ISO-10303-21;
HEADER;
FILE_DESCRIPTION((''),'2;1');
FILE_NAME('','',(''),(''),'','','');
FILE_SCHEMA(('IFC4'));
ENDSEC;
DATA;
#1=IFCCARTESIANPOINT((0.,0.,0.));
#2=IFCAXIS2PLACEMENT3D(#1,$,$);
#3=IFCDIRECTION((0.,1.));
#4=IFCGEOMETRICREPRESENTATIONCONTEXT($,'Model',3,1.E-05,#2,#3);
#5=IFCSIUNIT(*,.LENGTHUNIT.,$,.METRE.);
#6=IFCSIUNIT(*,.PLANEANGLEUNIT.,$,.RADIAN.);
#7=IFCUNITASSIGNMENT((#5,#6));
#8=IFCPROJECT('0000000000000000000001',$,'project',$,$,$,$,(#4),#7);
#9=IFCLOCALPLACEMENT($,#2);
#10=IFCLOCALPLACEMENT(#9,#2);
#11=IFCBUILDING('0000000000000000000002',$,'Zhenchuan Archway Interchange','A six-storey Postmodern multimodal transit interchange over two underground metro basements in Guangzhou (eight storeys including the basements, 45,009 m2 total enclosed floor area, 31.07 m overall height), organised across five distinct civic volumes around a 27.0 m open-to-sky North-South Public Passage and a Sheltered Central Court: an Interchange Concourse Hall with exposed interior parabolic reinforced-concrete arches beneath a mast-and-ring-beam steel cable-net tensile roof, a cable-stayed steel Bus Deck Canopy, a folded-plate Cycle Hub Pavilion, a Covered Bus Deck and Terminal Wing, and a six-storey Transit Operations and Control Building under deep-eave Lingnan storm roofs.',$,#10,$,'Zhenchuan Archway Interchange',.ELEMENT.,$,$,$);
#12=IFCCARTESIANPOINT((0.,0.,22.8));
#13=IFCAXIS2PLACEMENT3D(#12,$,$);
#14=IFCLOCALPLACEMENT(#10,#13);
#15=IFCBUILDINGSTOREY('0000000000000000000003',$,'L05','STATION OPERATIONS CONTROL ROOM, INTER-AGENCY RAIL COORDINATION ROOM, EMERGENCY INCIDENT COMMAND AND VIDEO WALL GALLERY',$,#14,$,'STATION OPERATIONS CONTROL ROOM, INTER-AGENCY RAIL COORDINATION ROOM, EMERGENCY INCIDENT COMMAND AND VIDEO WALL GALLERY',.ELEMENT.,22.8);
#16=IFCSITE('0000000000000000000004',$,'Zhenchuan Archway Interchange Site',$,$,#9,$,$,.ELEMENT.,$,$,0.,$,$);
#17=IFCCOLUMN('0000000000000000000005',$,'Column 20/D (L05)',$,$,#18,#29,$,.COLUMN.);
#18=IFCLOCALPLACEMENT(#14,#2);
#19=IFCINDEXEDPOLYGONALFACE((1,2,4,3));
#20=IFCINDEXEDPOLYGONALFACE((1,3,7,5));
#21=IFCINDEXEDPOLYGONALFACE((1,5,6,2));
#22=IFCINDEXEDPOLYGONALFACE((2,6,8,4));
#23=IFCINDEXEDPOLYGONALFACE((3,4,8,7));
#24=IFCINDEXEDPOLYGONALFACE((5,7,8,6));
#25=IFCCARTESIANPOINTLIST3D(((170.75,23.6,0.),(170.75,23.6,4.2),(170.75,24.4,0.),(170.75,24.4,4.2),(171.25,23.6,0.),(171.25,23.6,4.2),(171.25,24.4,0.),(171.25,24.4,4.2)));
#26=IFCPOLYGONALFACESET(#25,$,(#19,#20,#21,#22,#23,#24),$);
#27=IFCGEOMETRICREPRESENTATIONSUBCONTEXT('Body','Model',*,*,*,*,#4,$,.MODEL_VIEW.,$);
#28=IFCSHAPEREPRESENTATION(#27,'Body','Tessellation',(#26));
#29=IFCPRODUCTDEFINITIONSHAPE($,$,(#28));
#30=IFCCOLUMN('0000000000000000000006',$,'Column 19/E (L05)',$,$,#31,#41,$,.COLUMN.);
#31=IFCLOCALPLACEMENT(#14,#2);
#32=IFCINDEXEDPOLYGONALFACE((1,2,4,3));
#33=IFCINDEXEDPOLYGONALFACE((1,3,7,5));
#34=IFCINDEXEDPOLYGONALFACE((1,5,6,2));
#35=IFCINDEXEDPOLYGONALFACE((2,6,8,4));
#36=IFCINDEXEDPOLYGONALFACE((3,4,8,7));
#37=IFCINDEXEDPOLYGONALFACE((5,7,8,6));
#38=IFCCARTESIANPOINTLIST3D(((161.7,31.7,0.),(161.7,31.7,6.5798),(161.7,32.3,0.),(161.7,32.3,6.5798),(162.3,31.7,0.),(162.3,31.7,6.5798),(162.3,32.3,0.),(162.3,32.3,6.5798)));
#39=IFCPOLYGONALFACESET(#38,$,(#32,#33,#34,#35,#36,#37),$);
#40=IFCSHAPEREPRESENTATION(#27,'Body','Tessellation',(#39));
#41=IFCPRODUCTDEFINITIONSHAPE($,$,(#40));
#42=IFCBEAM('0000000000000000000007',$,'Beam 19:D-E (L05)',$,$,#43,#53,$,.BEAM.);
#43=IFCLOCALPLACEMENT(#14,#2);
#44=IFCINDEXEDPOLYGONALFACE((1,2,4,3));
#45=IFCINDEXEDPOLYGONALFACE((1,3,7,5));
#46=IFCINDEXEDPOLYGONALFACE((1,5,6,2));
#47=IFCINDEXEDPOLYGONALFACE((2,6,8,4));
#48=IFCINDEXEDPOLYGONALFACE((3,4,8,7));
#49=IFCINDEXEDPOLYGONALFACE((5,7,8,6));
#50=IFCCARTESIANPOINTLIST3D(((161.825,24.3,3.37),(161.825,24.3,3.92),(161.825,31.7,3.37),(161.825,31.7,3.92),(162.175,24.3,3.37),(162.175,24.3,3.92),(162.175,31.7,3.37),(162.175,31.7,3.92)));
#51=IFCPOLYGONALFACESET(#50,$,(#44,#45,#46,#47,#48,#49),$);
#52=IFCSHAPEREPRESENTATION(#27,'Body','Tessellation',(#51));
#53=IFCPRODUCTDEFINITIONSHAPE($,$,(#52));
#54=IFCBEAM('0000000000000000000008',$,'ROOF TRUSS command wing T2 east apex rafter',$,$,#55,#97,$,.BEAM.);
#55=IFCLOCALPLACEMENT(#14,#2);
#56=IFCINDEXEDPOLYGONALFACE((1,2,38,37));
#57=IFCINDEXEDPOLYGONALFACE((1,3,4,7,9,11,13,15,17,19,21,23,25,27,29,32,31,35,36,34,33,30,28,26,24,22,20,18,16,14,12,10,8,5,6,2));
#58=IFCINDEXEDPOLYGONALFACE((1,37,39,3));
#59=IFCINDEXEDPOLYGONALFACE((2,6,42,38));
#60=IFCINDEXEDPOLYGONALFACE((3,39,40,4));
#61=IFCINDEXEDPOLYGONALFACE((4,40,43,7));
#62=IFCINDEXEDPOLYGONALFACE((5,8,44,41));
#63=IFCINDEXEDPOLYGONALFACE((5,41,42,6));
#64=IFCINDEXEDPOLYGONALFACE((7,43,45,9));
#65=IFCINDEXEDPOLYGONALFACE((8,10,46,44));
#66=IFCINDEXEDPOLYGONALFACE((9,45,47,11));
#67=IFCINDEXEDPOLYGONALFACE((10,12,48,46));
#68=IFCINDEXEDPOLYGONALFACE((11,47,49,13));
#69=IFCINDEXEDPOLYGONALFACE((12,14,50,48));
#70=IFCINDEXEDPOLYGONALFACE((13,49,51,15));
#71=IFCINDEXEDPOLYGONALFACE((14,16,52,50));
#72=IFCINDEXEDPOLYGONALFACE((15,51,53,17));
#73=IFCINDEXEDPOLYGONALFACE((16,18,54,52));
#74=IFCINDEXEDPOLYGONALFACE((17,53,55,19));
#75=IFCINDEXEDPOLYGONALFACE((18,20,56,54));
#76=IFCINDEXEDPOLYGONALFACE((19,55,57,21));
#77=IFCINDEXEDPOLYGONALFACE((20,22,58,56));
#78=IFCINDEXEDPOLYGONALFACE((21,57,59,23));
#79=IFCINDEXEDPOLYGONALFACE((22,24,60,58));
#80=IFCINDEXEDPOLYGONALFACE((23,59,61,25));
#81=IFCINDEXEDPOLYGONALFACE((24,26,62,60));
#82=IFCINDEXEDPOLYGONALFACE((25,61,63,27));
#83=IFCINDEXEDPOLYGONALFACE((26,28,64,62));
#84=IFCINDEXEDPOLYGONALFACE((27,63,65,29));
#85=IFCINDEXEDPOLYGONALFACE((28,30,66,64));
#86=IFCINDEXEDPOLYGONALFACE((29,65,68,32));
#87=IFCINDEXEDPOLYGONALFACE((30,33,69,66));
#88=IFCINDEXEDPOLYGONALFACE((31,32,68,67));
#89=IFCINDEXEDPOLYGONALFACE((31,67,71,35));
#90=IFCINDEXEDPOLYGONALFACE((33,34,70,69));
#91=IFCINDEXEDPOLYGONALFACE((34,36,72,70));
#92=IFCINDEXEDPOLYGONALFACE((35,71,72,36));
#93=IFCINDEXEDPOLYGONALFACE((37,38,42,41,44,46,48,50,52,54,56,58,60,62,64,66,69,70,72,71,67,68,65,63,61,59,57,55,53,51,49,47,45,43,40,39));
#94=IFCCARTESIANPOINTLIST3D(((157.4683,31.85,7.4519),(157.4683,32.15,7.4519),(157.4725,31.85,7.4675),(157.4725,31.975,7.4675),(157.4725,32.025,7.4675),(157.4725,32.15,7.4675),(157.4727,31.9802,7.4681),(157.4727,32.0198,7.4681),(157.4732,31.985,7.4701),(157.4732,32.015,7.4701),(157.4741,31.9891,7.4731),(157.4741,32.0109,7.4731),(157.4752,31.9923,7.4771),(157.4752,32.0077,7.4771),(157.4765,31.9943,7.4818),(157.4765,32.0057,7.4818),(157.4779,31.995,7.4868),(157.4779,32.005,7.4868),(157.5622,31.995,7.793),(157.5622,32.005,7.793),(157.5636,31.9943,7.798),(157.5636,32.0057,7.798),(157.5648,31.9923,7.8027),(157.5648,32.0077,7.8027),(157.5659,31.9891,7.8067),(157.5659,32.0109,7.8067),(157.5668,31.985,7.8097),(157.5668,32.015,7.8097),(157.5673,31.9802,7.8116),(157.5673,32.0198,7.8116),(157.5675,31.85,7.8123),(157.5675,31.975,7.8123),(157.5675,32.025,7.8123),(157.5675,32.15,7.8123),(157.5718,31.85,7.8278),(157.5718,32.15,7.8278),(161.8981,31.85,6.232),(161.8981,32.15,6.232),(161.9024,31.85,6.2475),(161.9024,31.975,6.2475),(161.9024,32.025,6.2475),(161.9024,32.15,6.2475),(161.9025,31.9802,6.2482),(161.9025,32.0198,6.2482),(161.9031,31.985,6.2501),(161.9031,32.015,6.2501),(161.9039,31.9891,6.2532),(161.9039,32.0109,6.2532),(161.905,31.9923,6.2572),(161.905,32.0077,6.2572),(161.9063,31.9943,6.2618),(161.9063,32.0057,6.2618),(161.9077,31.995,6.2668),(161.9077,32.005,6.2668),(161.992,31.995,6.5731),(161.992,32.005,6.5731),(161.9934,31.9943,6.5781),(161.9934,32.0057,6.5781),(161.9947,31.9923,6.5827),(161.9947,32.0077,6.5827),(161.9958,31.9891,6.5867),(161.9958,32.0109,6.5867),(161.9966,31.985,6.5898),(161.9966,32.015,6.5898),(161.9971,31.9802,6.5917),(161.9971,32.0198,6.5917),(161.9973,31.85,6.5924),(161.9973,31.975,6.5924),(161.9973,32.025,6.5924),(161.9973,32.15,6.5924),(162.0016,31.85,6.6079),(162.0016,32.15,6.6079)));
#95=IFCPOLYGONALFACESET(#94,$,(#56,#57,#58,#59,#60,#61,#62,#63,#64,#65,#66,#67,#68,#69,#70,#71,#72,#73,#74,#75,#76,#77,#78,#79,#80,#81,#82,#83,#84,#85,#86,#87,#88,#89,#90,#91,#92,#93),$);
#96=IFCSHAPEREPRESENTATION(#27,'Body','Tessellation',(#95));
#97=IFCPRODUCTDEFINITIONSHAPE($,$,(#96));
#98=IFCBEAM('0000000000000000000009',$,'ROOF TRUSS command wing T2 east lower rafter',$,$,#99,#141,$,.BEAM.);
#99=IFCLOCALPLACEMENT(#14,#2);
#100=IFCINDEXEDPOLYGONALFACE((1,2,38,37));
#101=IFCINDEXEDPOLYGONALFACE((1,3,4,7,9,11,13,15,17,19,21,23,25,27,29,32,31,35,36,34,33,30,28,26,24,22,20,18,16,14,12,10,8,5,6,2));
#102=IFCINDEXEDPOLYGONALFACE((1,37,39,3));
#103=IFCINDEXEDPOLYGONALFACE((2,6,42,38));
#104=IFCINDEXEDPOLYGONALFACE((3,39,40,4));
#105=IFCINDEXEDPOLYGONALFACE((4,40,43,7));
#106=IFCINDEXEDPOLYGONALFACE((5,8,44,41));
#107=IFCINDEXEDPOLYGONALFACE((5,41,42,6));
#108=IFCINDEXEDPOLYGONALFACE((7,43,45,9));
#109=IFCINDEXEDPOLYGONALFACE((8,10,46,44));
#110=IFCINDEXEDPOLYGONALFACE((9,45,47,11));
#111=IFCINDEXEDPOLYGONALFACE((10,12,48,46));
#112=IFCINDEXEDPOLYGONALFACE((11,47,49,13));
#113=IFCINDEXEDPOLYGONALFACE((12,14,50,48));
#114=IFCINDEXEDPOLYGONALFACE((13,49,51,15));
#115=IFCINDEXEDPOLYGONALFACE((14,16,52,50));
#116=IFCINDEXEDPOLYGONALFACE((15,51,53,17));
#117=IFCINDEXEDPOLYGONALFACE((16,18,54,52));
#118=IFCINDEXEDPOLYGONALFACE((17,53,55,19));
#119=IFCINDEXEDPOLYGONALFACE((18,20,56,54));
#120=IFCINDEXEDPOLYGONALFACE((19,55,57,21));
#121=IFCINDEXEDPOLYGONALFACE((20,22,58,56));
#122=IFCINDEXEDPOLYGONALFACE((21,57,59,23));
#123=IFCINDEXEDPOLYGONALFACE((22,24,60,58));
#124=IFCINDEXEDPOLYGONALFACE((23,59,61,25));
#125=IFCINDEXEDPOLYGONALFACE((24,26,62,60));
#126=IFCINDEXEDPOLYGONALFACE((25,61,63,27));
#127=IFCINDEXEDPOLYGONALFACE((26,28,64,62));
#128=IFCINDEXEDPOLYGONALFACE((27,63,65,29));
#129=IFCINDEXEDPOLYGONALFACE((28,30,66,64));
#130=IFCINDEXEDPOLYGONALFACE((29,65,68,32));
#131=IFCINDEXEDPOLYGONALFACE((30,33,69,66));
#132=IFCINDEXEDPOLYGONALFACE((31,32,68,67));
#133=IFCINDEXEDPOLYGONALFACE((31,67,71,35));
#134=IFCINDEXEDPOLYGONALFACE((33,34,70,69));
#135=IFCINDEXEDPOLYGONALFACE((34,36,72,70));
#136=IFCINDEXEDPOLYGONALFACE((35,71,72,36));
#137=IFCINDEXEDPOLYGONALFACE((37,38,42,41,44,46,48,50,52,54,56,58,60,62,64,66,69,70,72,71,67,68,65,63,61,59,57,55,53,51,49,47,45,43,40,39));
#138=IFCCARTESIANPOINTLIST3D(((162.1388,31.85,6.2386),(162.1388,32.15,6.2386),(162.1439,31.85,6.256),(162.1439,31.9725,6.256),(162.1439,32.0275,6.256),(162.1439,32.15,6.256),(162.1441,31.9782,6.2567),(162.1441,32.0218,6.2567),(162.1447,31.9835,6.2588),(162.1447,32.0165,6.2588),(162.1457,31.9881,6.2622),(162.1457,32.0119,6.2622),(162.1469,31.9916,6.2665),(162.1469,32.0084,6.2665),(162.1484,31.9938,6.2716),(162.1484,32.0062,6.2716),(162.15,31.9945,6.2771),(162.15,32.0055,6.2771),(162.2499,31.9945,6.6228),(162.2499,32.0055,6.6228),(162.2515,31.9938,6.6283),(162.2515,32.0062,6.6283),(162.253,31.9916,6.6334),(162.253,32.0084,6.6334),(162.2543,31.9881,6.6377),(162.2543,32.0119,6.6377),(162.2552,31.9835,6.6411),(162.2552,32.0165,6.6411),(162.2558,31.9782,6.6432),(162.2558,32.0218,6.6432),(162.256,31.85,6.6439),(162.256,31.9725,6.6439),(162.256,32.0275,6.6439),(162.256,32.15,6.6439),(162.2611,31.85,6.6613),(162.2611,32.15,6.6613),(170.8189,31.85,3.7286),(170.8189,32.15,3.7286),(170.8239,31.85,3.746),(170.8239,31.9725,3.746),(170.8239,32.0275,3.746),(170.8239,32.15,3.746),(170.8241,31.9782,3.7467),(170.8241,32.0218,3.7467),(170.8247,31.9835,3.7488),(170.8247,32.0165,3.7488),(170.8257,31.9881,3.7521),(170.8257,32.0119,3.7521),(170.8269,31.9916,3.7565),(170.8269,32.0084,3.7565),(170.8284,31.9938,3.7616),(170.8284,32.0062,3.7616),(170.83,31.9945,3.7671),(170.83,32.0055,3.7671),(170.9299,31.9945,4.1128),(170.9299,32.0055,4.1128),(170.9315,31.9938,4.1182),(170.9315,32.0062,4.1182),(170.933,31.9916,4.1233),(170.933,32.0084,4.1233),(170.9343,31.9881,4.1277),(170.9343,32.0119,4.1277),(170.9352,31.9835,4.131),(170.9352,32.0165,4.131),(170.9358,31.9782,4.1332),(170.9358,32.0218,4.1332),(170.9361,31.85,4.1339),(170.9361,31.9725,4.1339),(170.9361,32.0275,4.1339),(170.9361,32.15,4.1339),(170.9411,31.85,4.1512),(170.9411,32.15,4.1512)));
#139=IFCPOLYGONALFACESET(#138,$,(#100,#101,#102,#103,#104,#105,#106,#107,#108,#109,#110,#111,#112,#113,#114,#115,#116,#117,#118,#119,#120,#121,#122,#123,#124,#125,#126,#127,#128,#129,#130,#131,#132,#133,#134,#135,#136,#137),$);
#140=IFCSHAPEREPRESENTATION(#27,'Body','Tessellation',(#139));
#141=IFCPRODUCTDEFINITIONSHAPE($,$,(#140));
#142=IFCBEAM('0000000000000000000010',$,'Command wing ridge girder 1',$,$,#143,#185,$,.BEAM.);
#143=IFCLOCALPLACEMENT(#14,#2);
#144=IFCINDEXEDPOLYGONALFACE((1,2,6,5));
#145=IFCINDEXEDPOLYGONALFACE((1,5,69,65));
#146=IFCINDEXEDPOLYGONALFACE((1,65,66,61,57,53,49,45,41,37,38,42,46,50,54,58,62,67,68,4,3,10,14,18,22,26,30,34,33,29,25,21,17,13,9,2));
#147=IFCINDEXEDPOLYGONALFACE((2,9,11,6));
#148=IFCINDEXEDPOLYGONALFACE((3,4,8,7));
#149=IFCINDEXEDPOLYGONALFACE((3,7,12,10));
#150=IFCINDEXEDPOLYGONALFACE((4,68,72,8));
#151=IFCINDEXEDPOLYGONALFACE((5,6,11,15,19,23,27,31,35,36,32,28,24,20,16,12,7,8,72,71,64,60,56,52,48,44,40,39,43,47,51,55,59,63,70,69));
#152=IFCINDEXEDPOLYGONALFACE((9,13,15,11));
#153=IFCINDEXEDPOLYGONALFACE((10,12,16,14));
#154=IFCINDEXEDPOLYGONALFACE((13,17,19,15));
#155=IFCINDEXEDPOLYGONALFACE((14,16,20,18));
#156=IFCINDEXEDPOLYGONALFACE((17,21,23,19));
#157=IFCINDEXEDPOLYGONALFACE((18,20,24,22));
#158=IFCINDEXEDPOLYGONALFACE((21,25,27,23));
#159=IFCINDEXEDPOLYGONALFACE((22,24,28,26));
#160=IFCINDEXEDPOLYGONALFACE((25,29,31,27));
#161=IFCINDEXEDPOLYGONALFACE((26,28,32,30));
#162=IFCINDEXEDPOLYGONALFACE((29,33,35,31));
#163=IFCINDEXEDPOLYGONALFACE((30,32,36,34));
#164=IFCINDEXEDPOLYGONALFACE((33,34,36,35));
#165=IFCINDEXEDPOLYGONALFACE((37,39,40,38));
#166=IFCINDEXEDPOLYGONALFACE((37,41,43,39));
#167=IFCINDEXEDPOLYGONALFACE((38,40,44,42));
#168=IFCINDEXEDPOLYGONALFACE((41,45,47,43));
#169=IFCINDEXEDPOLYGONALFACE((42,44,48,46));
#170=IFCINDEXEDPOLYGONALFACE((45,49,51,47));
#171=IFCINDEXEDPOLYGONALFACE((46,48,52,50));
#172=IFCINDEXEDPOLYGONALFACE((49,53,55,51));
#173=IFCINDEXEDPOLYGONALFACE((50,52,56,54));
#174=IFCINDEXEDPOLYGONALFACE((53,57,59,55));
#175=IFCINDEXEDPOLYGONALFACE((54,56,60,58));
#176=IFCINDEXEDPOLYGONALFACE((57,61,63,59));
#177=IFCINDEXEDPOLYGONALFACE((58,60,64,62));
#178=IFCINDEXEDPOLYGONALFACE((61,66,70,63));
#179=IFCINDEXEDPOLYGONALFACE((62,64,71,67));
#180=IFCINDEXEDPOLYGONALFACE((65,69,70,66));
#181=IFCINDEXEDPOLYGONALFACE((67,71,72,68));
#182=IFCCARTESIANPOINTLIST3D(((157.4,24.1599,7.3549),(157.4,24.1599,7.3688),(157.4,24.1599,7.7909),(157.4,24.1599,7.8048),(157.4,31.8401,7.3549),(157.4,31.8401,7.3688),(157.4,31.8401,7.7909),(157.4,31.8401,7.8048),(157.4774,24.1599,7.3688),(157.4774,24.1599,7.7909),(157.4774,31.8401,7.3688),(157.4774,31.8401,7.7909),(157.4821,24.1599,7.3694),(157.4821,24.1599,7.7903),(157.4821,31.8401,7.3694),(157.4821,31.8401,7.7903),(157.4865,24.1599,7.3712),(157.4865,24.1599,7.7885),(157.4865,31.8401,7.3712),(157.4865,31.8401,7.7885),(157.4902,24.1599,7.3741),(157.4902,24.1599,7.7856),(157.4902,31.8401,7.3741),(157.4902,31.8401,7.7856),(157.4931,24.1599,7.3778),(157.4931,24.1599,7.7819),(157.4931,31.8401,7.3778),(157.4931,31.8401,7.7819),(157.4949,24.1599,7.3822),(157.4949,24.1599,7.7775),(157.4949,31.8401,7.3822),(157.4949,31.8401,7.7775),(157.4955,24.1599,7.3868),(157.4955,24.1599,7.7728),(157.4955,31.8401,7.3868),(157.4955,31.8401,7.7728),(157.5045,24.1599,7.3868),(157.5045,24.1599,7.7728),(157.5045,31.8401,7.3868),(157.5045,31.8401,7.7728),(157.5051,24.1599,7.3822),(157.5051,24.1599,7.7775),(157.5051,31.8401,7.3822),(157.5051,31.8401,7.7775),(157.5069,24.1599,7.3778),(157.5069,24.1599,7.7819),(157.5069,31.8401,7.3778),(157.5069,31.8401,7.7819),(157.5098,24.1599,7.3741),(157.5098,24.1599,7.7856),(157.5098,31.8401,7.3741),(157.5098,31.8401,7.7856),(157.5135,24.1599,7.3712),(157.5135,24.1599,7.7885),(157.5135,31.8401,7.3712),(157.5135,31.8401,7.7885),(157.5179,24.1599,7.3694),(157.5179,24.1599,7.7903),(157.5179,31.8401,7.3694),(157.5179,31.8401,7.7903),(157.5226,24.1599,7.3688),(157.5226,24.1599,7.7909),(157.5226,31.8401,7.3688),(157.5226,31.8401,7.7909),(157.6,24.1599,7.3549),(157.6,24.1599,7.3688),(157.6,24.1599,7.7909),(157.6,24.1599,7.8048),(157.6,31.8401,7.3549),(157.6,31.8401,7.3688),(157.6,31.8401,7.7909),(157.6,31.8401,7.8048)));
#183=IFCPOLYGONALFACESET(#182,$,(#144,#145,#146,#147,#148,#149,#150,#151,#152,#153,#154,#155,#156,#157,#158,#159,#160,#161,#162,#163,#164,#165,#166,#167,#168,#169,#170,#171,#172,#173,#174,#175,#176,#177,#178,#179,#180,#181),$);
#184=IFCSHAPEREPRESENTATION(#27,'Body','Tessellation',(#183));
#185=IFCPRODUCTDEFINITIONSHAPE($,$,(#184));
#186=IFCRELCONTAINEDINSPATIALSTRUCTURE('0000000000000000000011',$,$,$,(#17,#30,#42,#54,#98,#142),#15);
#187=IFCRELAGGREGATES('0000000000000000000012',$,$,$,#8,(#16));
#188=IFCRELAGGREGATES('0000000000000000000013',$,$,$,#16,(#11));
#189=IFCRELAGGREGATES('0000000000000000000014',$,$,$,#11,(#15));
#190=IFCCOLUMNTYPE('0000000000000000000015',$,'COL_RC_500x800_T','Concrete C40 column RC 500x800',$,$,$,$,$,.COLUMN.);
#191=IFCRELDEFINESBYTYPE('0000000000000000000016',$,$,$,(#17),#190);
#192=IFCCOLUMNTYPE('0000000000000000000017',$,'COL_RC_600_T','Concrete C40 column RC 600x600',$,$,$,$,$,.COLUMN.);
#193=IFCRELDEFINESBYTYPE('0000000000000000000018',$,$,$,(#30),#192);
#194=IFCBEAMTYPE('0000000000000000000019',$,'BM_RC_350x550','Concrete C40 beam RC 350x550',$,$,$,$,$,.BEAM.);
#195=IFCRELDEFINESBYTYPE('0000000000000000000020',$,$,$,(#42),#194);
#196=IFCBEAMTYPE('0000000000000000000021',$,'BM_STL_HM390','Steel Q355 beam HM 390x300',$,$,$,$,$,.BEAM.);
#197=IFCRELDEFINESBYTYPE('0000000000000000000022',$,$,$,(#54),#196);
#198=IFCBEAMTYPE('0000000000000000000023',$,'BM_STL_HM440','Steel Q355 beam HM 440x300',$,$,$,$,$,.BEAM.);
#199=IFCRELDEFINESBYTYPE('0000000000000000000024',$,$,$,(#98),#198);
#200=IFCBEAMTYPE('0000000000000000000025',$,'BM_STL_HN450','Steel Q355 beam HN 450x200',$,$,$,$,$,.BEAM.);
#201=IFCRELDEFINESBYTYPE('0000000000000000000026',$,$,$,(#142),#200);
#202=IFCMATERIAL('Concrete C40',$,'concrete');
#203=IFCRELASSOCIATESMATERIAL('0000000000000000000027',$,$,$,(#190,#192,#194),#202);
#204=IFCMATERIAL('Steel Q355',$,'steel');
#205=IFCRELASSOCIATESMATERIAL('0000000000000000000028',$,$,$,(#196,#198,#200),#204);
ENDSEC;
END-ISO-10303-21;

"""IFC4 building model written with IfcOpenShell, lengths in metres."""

from ifc_helpers import new_model, si_unit, direction, frame, origin, origin_2d, place, context, subcontext, project, spatial, rectangle, i_section, extrude, material, material_profile, profile_set, type_object, element, save


model = new_model("IFC4")

# Units and contexts
model_context = context("Model", 3, precision=1e-05, world=origin(), true_north=direction((0.0, 1.0)))
body_context = subcontext(model_context, "Body", "Model", "MODEL_VIEW")
ifc_project = project(units=[si_unit("LENGTHUNIT", "METRE"), si_unit("PLANEANGLEUNIT", "RADIAN")], contexts=[model_context])

# Site, building, storey
site_placement = place(None, origin())
site = spatial("IfcSite", under=ifc_project, at=site_placement, Name="Zhenchuan Archway Interchange Site", CompositionType="ELEMENT", RefElevation=0.0)
building_placement = place(site_placement, origin())
building = spatial("IfcBuilding", under=site, at=building_placement, Name="Zhenchuan Archway Interchange", Description="A six-storey Postmodern multimodal transit interchange over two underground metro basements in Guangzhou (eight storeys including the basements, 45,009 m2 total enclosed floor area, 31.07 m overall height), organised across five distinct civic volumes around a 27.0 m open-to-sky North-South Public Passage and a Sheltered Central Court: an Interchange Concourse Hall with exposed interior parabolic reinforced-concrete arches beneath a mast-and-ring-beam steel cable-net tensile roof, a cable-stayed steel Bus Deck Canopy, a folded-plate Cycle Hub Pavilion, a Covered Bus Deck and Terminal Wing, and a six-storey Transit Operations and Control Building under deep-eave Lingnan storm roofs.", LongName="Zhenchuan Archway Interchange", CompositionType="ELEMENT")
storey_placement = place(building_placement, frame((0.0, 0.0, 22.8)))
storey = spatial("IfcBuildingStorey", under=building, at=storey_placement, Name="L05", Description="STATION OPERATIONS CONTROL ROOM, INTER-AGENCY RAIL COORDINATION ROOM, EMERGENCY INCIDENT COMMAND AND VIDEO WALL GALLERY", LongName="STATION OPERATIONS CONTROL ROOM, INTER-AGENCY RAIL COORDINATION ROOM, EMERGENCY INCIDENT COMMAND AND VIDEO WALL GALLERY", CompositionType="ELEMENT", Elevation=22.8)

# Columns
ifc_material_1 = material(Name="Concrete C40", Category="concrete")
ifc_material_profile_1 = material_profile(ifc_material_1, rectangle(XDim=0.5, YDim=0.8, at=origin_2d()), Name="RC 500x800")
ifc_profile_set_1 = profile_set([ifc_material_profile_1], Name="Concrete C40")
column_type_1 = type_object("IfcColumnType", Name="COL_RC_500x800_T", Description="Concrete C40 column RC 500x800", PredefinedType="COLUMN", material=ifc_profile_set_1)
column_1_placement = place(storey_placement, frame((171.0, 24.0, 0.0), z_axis=(0.0, 0.0, 1.0), x_axis=(1.0, 0.0, 0.0)))
element("IfcColumn", 1, at=column_1_placement, inside=storey, type_object=column_type_1, Name="Column 20/D (L05)", PredefinedType="COLUMN", context=body_context, shape_type="SweptSolid", body=[
    extrude(rectangle(XDim=0.5, YDim=0.8, at=origin_2d()), origin(), (0.0, 0.0, 1.0), 4.2),
])
ifc_material_profile_2 = material_profile(ifc_material_1, rectangle(XDim=0.6001, YDim=0.6001, at=origin_2d()), Name="RC 600x600")
ifc_profile_set_2 = profile_set([ifc_material_profile_2], Name="Concrete C40")
column_type_2 = type_object("IfcColumnType", Name="COL_RC_600_T", Description="Concrete C40 column RC 600x600", PredefinedType="COLUMN", material=ifc_profile_set_2)
column_2_placement = place(storey_placement, frame((162.0, 32.0, 0.0), z_axis=(0.0, 0.0, 1.0), x_axis=(1.0, 0.0, 0.0)))
element("IfcColumn", 2, at=column_2_placement, inside=storey, type_object=column_type_2, Name="Column 19/E (L05)", PredefinedType="COLUMN", context=body_context, shape_type="SweptSolid", body=[
    extrude(rectangle(XDim=0.6001, YDim=0.6001, at=origin_2d()), origin(), (0.0, 0.0, 1.0), 6.5798),
])

# Beams
ifc_material_profile_3 = material_profile(ifc_material_1, rectangle(XDim=0.3501, YDim=0.55, at=origin_2d()), Name="RC 350x550")
ifc_profile_set_3 = profile_set([ifc_material_profile_3], Name="Concrete C40")
beam_type_1 = type_object("IfcBeamType", Name="BM_RC_350x550", Description="Concrete C40 beam RC 350x550", PredefinedType="BEAM", material=ifc_profile_set_3)
beam_1_placement = place(storey_placement, frame((162.0, 24.3, 3.645), z_axis=(0.0, 1.0, 0.0), x_axis=(-1.0, 0.0, 0.0)))
element("IfcBeam", 3, at=beam_1_placement, inside=storey, type_object=beam_type_1, Name="Beam 19:D-E (L05)", PredefinedType="BEAM", context=body_context, shape_type="SweptSolid", body=[
    extrude(rectangle(XDim=0.3501, YDim=0.55, at=origin_2d()), origin(), (0.0, 0.0, 1.0), 7.3999),
])
ifc_material_2 = material(Name="Steel Q355", Category="steel")
ifc_material_profile_4 = material_profile(ifc_material_2, i_section(OverallWidth=0.3, OverallDepth=0.3899, WebThickness=0.01, FlangeThickness=0.0161, FilletRadius=0.02, at=origin_2d()), Name="HM 390x300")
ifc_profile_set_4 = profile_set([ifc_material_profile_4], Name="Steel Q355")
beam_type_2 = type_object("IfcBeamType", Name="BM_STL_HM390", Description="Steel Q355 beam HM 390x300", PredefinedType="BEAM", material=ifc_profile_set_4)
beam_2_placement = place(storey_placement, frame((157.52, 32.0, 7.6399), z_axis=(0.964109, 0.0, -0.265508), x_axis=(0.0, 1.0, 0.0)))
element("IfcBeam", 4, at=beam_2_placement, inside=storey, type_object=beam_type_2, Name="ROOF TRUSS command wing T2 east apex rafter", PredefinedType="BEAM", context=body_context, shape_type="SweptSolid", body=[
    extrude(i_section(OverallWidth=0.3, OverallDepth=0.3899, WebThickness=0.01, FlangeThickness=0.0161, FilletRadius=0.02, at=origin_2d()), origin(), (0.0, 0.0, 1.0), 4.5947),
])
ifc_material_profile_5 = material_profile(ifc_material_2, i_section(OverallWidth=0.3, OverallDepth=0.4399, WebThickness=0.011, FlangeThickness=0.0181, FilletRadius=0.022, at=origin_2d()), Name="HM 440x300")
ifc_profile_set_5 = profile_set([ifc_material_profile_5], Name="Steel Q355")
beam_type_3 = type_object("IfcBeamType", Name="BM_STL_HM440", Description="Steel Q355 beam HM 440x300", PredefinedType="BEAM", material=ifc_profile_set_5)
beam_3_placement = place(storey_placement, frame((162.2, 32.0, 6.45), z_axis=(0.960641, 0.0, -0.277792), x_axis=(0.0, 1.0, 0.0)))
element("IfcBeam", 5, at=beam_3_placement, inside=storey, type_object=beam_type_3, Name="ROOF TRUSS command wing T2 east lower rafter", PredefinedType="BEAM", context=body_context, shape_type="SweptSolid", body=[
    extrude(i_section(OverallWidth=0.3, OverallDepth=0.4399, WebThickness=0.011, FlangeThickness=0.0181, FilletRadius=0.022, at=origin_2d()), origin(), (0.0, 0.0, 1.0), 9.0356),
])
ifc_material_profile_6 = material_profile(ifc_material_2, i_section(OverallWidth=0.2, OverallDepth=0.45, WebThickness=0.009, FlangeThickness=0.0139, FilletRadius=0.0181, at=origin_2d()), Name="HN 450x200")
ifc_profile_set_6 = profile_set([ifc_material_profile_6], Name="Steel Q355")
beam_type_4 = type_object("IfcBeamType", Name="BM_STL_HN450", Description="Steel Q355 beam HN 450x200", PredefinedType="BEAM", material=ifc_profile_set_6)
beam_4_placement = place(storey_placement, frame((157.5, 24.1599, 7.5798), z_axis=(0.0, 1.0, 0.0), x_axis=(-1.0, 0.0, 0.0)))
element("IfcBeam", 6, at=beam_4_placement, inside=storey, type_object=beam_type_4, Name="Command wing ridge girder 1", PredefinedType="BEAM", context=body_context, shape_type="SweptSolid", body=[
    extrude(i_section(OverallWidth=0.2, OverallDepth=0.45, WebThickness=0.009, FlangeThickness=0.0139, FilletRadius=0.0181, at=origin_2d()), origin(), (0.0, 0.0, 1.0), 7.6802),
])

save(model, "model.ifc")
